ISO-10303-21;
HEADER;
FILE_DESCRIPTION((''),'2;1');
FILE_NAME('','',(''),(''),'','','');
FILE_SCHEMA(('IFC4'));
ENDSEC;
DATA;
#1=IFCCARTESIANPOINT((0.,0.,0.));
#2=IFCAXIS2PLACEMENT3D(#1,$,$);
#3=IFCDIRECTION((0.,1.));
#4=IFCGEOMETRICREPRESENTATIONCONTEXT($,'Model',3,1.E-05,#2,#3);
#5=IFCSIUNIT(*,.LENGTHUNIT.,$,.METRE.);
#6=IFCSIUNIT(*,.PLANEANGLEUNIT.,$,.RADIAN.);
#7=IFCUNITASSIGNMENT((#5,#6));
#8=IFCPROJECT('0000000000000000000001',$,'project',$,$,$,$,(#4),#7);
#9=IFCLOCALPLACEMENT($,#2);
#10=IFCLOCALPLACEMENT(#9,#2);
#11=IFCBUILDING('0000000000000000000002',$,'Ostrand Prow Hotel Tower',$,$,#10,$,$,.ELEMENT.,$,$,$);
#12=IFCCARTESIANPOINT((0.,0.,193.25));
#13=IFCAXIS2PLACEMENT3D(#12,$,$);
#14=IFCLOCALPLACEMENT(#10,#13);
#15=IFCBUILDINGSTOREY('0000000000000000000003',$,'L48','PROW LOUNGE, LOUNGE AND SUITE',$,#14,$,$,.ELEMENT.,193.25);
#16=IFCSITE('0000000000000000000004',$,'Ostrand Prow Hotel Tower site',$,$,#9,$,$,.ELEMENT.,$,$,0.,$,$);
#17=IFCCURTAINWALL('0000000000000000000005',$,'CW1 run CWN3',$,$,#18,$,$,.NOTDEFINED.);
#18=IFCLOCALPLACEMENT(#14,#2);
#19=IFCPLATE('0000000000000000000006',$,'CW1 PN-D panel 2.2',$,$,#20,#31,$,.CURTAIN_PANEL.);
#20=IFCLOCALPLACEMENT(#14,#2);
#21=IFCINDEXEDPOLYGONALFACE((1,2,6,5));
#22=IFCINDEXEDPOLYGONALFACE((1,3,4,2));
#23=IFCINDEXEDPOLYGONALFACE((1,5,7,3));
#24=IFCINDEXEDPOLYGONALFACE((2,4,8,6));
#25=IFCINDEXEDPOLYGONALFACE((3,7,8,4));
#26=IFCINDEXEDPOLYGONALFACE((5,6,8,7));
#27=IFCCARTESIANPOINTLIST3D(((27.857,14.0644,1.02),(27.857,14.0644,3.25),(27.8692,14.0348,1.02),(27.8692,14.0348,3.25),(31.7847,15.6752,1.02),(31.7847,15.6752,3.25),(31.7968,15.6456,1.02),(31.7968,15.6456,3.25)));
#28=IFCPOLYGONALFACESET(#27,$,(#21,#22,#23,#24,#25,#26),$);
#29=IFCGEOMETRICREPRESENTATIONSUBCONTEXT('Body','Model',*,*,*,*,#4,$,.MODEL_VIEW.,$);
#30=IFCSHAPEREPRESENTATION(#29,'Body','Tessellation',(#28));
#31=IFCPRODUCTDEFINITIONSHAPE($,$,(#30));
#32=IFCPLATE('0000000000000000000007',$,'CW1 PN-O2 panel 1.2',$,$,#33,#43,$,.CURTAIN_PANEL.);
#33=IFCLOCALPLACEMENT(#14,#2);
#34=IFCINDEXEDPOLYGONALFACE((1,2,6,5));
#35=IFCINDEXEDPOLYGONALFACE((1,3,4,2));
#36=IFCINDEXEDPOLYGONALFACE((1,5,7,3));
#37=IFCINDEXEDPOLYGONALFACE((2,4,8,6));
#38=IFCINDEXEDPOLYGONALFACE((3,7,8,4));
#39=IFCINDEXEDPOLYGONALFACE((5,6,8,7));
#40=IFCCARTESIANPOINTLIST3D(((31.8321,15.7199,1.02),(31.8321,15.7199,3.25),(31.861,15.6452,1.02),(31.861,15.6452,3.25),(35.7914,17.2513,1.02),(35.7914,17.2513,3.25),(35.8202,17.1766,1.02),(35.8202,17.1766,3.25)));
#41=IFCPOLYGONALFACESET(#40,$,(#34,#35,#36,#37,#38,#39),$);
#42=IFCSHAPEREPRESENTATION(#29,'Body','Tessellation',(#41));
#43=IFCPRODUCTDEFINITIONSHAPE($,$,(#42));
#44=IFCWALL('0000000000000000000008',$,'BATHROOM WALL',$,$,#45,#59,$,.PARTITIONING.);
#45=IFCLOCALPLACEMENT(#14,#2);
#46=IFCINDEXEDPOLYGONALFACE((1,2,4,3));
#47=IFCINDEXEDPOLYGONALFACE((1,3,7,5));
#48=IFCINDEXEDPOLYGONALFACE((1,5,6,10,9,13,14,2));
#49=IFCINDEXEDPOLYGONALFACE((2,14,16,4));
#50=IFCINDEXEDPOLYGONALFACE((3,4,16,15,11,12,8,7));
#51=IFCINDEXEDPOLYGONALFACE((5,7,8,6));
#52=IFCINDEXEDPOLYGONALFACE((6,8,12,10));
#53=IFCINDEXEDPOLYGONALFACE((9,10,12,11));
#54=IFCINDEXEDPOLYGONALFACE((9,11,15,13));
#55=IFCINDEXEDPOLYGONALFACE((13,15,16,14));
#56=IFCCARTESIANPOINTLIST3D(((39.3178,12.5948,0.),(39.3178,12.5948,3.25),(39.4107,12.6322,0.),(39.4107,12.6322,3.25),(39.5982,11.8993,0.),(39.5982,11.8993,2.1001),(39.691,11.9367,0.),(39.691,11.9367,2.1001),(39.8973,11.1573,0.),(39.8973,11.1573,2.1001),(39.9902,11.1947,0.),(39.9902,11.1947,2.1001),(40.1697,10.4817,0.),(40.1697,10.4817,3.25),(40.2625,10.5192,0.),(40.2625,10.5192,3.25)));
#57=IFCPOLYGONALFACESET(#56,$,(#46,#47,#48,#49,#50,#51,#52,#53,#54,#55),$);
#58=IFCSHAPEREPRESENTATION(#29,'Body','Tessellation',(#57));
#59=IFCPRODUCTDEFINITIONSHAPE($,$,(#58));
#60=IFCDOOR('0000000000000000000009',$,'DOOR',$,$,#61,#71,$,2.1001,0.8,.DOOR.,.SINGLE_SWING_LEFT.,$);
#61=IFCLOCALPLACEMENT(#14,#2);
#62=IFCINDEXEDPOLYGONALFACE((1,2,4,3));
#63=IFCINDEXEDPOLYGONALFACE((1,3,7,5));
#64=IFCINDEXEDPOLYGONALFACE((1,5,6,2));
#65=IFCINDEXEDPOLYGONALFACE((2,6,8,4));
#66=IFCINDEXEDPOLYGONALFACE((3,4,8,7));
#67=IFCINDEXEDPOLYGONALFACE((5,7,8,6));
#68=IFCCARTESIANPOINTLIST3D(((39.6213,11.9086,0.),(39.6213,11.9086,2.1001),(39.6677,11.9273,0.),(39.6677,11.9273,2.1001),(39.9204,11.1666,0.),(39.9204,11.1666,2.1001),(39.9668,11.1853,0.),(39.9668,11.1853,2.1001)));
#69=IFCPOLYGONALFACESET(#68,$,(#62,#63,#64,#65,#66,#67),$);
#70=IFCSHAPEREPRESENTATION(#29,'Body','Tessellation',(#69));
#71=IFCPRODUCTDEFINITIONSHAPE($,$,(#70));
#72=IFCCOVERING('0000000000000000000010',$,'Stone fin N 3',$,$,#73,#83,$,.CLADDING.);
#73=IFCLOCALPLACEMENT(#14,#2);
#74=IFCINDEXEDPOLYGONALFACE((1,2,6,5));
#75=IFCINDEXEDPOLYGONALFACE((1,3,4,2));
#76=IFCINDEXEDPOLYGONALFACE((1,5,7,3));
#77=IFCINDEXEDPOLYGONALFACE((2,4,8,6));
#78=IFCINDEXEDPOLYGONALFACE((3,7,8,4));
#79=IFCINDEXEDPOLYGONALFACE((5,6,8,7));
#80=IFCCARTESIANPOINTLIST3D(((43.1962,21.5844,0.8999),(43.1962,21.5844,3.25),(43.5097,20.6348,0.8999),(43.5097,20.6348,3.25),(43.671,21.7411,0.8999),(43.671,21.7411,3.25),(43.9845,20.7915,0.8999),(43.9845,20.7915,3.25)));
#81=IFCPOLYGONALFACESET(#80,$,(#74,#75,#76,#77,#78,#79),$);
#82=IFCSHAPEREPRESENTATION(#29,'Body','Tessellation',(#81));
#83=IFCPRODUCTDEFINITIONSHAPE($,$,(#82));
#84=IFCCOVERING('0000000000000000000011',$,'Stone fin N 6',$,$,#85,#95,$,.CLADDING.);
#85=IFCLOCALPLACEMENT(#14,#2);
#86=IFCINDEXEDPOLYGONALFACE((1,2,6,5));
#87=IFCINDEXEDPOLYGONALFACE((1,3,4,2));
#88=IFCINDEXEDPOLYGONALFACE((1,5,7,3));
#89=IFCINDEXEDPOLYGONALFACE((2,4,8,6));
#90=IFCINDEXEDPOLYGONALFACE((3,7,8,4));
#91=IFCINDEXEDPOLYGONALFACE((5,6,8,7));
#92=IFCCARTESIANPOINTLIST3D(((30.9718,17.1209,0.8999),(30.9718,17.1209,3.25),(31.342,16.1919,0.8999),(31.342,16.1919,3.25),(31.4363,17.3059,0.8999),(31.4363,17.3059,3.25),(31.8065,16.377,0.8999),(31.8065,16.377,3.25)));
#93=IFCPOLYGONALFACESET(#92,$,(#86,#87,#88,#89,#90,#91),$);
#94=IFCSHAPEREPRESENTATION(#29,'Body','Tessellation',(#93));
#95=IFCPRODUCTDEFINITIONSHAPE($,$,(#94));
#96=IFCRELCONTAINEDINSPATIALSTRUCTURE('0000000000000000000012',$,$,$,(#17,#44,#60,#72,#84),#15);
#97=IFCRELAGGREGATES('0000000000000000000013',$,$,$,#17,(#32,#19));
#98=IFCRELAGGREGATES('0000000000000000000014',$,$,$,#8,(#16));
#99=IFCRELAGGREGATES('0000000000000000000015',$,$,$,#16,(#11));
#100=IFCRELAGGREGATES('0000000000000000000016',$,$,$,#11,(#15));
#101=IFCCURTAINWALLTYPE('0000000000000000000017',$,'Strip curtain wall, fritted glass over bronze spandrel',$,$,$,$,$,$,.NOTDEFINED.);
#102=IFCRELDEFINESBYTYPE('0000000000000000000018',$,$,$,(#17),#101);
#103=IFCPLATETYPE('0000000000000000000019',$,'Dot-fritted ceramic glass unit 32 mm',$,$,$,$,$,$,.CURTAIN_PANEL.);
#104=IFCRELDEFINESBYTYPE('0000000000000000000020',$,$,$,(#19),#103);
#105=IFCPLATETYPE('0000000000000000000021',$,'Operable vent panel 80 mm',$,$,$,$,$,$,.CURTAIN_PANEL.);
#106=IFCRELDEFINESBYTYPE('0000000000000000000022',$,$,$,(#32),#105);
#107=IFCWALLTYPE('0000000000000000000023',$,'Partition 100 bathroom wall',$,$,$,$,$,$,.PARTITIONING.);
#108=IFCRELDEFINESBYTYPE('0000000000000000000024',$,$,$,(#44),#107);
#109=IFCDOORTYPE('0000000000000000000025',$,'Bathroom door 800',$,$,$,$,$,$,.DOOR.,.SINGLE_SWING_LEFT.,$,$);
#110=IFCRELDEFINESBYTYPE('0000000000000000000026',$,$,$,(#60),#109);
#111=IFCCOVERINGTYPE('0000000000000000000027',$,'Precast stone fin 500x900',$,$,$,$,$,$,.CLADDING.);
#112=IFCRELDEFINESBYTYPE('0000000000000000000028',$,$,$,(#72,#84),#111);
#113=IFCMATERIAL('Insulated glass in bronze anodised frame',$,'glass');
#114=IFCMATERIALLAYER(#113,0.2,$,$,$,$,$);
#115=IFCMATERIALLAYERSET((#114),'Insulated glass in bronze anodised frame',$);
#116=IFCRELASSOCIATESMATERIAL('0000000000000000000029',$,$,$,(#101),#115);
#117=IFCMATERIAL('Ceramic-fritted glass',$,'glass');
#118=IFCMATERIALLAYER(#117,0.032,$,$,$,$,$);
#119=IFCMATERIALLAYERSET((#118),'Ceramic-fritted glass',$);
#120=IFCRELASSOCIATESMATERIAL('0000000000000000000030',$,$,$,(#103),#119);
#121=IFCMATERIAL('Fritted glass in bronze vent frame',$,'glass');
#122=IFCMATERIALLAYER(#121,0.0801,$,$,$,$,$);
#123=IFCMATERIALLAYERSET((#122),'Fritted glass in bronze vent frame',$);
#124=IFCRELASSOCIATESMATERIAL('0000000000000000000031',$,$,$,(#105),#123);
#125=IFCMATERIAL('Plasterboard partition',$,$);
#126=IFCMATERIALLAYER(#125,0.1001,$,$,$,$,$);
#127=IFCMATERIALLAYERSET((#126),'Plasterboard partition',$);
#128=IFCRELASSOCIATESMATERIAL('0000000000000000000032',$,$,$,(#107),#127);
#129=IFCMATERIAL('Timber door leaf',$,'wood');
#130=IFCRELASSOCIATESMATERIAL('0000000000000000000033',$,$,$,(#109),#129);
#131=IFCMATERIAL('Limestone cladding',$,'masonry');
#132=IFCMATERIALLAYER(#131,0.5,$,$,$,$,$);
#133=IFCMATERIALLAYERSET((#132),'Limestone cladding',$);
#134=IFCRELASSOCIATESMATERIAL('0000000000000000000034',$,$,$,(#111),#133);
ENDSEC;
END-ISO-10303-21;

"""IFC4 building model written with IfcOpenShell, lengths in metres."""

from ifc_helpers import new_model, si_unit, direction, frame, frame_2d, origin, origin_2d, place, context, subcontext, project, spatial, rectangle, extrude, material, layer, layer_set, type_object, element, fill, aggregate, save


model = new_model("IFC4")

# Units and contexts
model_context = context("Model", 3, precision=1e-05, world=origin(), true_north=direction((0.0, 1.0)))
body_context = subcontext(model_context, "Body", "Model", "MODEL_VIEW")
ifc_project = project(units=[si_unit("LENGTHUNIT", "METRE"), si_unit("PLANEANGLEUNIT", "RADIAN")], contexts=[model_context])

# Site, building, storey
site_placement = place(None, origin())
site = spatial("IfcSite", under=ifc_project, at=site_placement, Name="Ostrand Prow Hotel Tower site", CompositionType="ELEMENT", RefElevation=0.0)
building_placement = place(site_placement, origin())
building = spatial("IfcBuilding", under=site, at=building_placement, Name="Ostrand Prow Hotel Tower", CompositionType="ELEMENT")
storey_placement = place(building_placement, frame((0.0, 0.0, 193.25)))
storey = spatial("IfcBuildingStorey", under=building, at=storey_placement, Name="L48", Description="PROW LOUNGE, LOUNGE AND SUITE", CompositionType="ELEMENT", Elevation=193.25)

# Curtain wall
ifc_material_1 = material(Name="Insulated glass in bronze anodised frame", Category="glass")
ifc_layer_1 = layer(ifc_material_1, 0.2)
ifc_layer_set_1 = layer_set([ifc_layer_1], Name="Insulated glass in bronze anodised frame")
curtain_wall_type = type_object("IfcCurtainWallType", Name="Strip curtain wall, fritted glass over bronze spandrel", PredefinedType="NOTDEFINED", material=ifc_layer_set_1)
curtain_wall_1_placement = place(storey_placement, origin())
curtain_wall_1 = element("IfcCurtainWall", 1, at=curtain_wall_1_placement, inside=storey, type_object=curtain_wall_type, Name="CW1 run CWN3", PredefinedType="NOTDEFINED")

# Plates
ifc_material_2 = material(Name="Ceramic-fritted glass", Category="glass")
ifc_layer_2 = layer(ifc_material_2, 0.032)
ifc_layer_set_2 = layer_set([ifc_layer_2], Name="Ceramic-fritted glass")
plate_type_1 = type_object("IfcPlateType", Name="Dot-fritted ceramic glass unit 32 mm", PredefinedType="CURTAIN_PANEL", material=ifc_layer_set_2)
plate_1_placement = place(storey_placement, frame((29.8269, 14.855, 1.02), z_axis=(0.0, 0.0, 1.0), x_axis=(-0.925211, -0.379453, 0.0)))
plate_1 = element("IfcPlate", 2, at=plate_1_placement, type_object=plate_type_1, Name="CW1 PN-D panel 2.2", PredefinedType="CURTAIN_PANEL", context=body_context, shape_type="SweptSolid", body=[
    extrude(rectangle(XDim=4.2451, YDim=0.032, at=origin_2d()), origin(), (0.0, 0.0, 1.0), 2.23),
])
ifc_material_3 = material(Name="Fritted glass in bronze vent frame", Category="glass")
ifc_layer_3 = layer(ifc_material_3, 0.0801)
ifc_layer_set_3 = layer_set([ifc_layer_3], Name="Fritted glass in bronze vent frame")
plate_type_2 = type_object("IfcPlateType", Name="Operable vent panel 80 mm", PredefinedType="CURTAIN_PANEL", material=ifc_layer_set_3)
plate_2_placement = place(storey_placement, frame((33.8262, 16.4482, 1.02), z_axis=(0.0, 0.0, 1.0), x_axis=(-0.932663, -0.360749, 0.0)))
plate_2 = element("IfcPlate", 3, at=plate_2_placement, type_object=plate_type_2, Name="CW1 PN-O2 panel 1.2", PredefinedType="CURTAIN_PANEL", context=body_context, shape_type="SweptSolid", body=[
    extrude(rectangle(XDim=4.2451, YDim=0.0801, at=origin_2d()), origin(), (0.0, 0.0, 1.0), 2.23),
])
aggregate(curtain_wall_1, [plate_2, plate_1])

# Wall, opening, door
ifc_material_4 = material(Name="Plasterboard partition")
ifc_layer_4 = layer(ifc_material_4, 0.1001)
ifc_layer_set_4 = layer_set([ifc_layer_4], Name="Plasterboard partition")
wall_type = type_object("IfcWallType", Name="Partition 100 bathroom wall", PredefinedType="PARTITIONING", material=ifc_layer_set_4)
wall_placement = place(storey_placement, frame((39.3643, 12.6135, 0.0), z_axis=(0.0, 0.0, 1.0), x_axis=(0.373884, -0.927476, 0.0)))
wall = element("IfcWall", 4, at=wall_placement, inside=storey, type_object=wall_type, Name="BATHROOM WALL", PredefinedType="PARTITIONING", context=body_context, shape_type="SweptSolid", body=[
    extrude(rectangle(XDim=2.2783, YDim=0.1001, at=frame_2d((1.1392, 0.0))), origin(), (0.0, 0.0, 1.0), 3.25),
])
opening_placement = place(wall_placement, frame((0.75, 0.0, 0.0)))
opening = element("IfcOpeningElement", 5, at=opening_placement, cuts=wall, PredefinedType="OPENING", context=body_context, shape_type="SweptSolid", body=[
    extrude(rectangle(XDim=0.8, YDim=2.1001, at=frame_2d((0.3999, 1.05))), frame((0.0, 0.0601, 0.0), z_axis=(0.0, -1.0, 0.0), x_axis=(1.0, 0.0, 0.0)), (0.0, 0.0, 1.0), 0.1201),
])
ifc_material_5 = material(Name="Timber door leaf", Category="wood")
door_type = type_object("IfcDoorType", Name="Bathroom door 800", OperationType="SINGLE_SWING_LEFT", PredefinedType="DOOR", material=ifc_material_5)
door_placement = place(opening_placement, origin())
door = element("IfcDoor", 6, at=door_placement, inside=storey, type_object=door_type, Name="DOOR", OperationType="SINGLE_SWING_LEFT", OverallHeight=2.1001, OverallWidth=0.8, PredefinedType="DOOR", context=body_context, shape_type="SweptSolid", body=[
    extrude(rectangle(XDim=0.8, YDim=2.1001, at=frame_2d((0.3999, 1.05))), frame((0.0, 0.0249, 0.0), z_axis=(0.0, -1.0, 0.0), x_axis=(1.0, 0.0, 0.0)), (0.0, 0.0, 1.0), 0.05),
])
fill(opening, door)

# Coverings
ifc_material_6 = material(Name="Limestone cladding", Category="masonry")
ifc_layer_5 = layer(ifc_material_6, 0.5)
ifc_layer_set_5 = layer_set([ifc_layer_5], Name="Limestone cladding")
covering_type = type_object("IfcCoveringType", Name="Precast stone fin 500x900", PredefinedType="CLADDING", material=ifc_layer_set_5)
for number, where, z_axis, x_axis, name in (
    (7, (43.7471, 20.7131, 0.8999), (0.0, 0.0, 1.0), (-0.313443, 0.949607, 0.0), "Stone fin N 3"),
    (8, (31.5742, 16.2844, 0.8999), (0.0, 0.0, 1.0), (-0.370128, 0.928981, 0.0), "Stone fin N 6"),
):
    element("IfcCovering", number, at=place(storey_placement, frame(where, z_axis=z_axis, x_axis=x_axis)), inside=storey, type_object=covering_type, Name=name, PredefinedType="CLADDING", context=body_context, shape_type="SweptSolid", body=[
        extrude(rectangle(XDim=1.0, YDim=0.5, at=frame_2d((0.5, 0.0))), origin(), (0.0, 0.0, 1.0), 2.3501),
    ])

save(model, "model.ifc")
